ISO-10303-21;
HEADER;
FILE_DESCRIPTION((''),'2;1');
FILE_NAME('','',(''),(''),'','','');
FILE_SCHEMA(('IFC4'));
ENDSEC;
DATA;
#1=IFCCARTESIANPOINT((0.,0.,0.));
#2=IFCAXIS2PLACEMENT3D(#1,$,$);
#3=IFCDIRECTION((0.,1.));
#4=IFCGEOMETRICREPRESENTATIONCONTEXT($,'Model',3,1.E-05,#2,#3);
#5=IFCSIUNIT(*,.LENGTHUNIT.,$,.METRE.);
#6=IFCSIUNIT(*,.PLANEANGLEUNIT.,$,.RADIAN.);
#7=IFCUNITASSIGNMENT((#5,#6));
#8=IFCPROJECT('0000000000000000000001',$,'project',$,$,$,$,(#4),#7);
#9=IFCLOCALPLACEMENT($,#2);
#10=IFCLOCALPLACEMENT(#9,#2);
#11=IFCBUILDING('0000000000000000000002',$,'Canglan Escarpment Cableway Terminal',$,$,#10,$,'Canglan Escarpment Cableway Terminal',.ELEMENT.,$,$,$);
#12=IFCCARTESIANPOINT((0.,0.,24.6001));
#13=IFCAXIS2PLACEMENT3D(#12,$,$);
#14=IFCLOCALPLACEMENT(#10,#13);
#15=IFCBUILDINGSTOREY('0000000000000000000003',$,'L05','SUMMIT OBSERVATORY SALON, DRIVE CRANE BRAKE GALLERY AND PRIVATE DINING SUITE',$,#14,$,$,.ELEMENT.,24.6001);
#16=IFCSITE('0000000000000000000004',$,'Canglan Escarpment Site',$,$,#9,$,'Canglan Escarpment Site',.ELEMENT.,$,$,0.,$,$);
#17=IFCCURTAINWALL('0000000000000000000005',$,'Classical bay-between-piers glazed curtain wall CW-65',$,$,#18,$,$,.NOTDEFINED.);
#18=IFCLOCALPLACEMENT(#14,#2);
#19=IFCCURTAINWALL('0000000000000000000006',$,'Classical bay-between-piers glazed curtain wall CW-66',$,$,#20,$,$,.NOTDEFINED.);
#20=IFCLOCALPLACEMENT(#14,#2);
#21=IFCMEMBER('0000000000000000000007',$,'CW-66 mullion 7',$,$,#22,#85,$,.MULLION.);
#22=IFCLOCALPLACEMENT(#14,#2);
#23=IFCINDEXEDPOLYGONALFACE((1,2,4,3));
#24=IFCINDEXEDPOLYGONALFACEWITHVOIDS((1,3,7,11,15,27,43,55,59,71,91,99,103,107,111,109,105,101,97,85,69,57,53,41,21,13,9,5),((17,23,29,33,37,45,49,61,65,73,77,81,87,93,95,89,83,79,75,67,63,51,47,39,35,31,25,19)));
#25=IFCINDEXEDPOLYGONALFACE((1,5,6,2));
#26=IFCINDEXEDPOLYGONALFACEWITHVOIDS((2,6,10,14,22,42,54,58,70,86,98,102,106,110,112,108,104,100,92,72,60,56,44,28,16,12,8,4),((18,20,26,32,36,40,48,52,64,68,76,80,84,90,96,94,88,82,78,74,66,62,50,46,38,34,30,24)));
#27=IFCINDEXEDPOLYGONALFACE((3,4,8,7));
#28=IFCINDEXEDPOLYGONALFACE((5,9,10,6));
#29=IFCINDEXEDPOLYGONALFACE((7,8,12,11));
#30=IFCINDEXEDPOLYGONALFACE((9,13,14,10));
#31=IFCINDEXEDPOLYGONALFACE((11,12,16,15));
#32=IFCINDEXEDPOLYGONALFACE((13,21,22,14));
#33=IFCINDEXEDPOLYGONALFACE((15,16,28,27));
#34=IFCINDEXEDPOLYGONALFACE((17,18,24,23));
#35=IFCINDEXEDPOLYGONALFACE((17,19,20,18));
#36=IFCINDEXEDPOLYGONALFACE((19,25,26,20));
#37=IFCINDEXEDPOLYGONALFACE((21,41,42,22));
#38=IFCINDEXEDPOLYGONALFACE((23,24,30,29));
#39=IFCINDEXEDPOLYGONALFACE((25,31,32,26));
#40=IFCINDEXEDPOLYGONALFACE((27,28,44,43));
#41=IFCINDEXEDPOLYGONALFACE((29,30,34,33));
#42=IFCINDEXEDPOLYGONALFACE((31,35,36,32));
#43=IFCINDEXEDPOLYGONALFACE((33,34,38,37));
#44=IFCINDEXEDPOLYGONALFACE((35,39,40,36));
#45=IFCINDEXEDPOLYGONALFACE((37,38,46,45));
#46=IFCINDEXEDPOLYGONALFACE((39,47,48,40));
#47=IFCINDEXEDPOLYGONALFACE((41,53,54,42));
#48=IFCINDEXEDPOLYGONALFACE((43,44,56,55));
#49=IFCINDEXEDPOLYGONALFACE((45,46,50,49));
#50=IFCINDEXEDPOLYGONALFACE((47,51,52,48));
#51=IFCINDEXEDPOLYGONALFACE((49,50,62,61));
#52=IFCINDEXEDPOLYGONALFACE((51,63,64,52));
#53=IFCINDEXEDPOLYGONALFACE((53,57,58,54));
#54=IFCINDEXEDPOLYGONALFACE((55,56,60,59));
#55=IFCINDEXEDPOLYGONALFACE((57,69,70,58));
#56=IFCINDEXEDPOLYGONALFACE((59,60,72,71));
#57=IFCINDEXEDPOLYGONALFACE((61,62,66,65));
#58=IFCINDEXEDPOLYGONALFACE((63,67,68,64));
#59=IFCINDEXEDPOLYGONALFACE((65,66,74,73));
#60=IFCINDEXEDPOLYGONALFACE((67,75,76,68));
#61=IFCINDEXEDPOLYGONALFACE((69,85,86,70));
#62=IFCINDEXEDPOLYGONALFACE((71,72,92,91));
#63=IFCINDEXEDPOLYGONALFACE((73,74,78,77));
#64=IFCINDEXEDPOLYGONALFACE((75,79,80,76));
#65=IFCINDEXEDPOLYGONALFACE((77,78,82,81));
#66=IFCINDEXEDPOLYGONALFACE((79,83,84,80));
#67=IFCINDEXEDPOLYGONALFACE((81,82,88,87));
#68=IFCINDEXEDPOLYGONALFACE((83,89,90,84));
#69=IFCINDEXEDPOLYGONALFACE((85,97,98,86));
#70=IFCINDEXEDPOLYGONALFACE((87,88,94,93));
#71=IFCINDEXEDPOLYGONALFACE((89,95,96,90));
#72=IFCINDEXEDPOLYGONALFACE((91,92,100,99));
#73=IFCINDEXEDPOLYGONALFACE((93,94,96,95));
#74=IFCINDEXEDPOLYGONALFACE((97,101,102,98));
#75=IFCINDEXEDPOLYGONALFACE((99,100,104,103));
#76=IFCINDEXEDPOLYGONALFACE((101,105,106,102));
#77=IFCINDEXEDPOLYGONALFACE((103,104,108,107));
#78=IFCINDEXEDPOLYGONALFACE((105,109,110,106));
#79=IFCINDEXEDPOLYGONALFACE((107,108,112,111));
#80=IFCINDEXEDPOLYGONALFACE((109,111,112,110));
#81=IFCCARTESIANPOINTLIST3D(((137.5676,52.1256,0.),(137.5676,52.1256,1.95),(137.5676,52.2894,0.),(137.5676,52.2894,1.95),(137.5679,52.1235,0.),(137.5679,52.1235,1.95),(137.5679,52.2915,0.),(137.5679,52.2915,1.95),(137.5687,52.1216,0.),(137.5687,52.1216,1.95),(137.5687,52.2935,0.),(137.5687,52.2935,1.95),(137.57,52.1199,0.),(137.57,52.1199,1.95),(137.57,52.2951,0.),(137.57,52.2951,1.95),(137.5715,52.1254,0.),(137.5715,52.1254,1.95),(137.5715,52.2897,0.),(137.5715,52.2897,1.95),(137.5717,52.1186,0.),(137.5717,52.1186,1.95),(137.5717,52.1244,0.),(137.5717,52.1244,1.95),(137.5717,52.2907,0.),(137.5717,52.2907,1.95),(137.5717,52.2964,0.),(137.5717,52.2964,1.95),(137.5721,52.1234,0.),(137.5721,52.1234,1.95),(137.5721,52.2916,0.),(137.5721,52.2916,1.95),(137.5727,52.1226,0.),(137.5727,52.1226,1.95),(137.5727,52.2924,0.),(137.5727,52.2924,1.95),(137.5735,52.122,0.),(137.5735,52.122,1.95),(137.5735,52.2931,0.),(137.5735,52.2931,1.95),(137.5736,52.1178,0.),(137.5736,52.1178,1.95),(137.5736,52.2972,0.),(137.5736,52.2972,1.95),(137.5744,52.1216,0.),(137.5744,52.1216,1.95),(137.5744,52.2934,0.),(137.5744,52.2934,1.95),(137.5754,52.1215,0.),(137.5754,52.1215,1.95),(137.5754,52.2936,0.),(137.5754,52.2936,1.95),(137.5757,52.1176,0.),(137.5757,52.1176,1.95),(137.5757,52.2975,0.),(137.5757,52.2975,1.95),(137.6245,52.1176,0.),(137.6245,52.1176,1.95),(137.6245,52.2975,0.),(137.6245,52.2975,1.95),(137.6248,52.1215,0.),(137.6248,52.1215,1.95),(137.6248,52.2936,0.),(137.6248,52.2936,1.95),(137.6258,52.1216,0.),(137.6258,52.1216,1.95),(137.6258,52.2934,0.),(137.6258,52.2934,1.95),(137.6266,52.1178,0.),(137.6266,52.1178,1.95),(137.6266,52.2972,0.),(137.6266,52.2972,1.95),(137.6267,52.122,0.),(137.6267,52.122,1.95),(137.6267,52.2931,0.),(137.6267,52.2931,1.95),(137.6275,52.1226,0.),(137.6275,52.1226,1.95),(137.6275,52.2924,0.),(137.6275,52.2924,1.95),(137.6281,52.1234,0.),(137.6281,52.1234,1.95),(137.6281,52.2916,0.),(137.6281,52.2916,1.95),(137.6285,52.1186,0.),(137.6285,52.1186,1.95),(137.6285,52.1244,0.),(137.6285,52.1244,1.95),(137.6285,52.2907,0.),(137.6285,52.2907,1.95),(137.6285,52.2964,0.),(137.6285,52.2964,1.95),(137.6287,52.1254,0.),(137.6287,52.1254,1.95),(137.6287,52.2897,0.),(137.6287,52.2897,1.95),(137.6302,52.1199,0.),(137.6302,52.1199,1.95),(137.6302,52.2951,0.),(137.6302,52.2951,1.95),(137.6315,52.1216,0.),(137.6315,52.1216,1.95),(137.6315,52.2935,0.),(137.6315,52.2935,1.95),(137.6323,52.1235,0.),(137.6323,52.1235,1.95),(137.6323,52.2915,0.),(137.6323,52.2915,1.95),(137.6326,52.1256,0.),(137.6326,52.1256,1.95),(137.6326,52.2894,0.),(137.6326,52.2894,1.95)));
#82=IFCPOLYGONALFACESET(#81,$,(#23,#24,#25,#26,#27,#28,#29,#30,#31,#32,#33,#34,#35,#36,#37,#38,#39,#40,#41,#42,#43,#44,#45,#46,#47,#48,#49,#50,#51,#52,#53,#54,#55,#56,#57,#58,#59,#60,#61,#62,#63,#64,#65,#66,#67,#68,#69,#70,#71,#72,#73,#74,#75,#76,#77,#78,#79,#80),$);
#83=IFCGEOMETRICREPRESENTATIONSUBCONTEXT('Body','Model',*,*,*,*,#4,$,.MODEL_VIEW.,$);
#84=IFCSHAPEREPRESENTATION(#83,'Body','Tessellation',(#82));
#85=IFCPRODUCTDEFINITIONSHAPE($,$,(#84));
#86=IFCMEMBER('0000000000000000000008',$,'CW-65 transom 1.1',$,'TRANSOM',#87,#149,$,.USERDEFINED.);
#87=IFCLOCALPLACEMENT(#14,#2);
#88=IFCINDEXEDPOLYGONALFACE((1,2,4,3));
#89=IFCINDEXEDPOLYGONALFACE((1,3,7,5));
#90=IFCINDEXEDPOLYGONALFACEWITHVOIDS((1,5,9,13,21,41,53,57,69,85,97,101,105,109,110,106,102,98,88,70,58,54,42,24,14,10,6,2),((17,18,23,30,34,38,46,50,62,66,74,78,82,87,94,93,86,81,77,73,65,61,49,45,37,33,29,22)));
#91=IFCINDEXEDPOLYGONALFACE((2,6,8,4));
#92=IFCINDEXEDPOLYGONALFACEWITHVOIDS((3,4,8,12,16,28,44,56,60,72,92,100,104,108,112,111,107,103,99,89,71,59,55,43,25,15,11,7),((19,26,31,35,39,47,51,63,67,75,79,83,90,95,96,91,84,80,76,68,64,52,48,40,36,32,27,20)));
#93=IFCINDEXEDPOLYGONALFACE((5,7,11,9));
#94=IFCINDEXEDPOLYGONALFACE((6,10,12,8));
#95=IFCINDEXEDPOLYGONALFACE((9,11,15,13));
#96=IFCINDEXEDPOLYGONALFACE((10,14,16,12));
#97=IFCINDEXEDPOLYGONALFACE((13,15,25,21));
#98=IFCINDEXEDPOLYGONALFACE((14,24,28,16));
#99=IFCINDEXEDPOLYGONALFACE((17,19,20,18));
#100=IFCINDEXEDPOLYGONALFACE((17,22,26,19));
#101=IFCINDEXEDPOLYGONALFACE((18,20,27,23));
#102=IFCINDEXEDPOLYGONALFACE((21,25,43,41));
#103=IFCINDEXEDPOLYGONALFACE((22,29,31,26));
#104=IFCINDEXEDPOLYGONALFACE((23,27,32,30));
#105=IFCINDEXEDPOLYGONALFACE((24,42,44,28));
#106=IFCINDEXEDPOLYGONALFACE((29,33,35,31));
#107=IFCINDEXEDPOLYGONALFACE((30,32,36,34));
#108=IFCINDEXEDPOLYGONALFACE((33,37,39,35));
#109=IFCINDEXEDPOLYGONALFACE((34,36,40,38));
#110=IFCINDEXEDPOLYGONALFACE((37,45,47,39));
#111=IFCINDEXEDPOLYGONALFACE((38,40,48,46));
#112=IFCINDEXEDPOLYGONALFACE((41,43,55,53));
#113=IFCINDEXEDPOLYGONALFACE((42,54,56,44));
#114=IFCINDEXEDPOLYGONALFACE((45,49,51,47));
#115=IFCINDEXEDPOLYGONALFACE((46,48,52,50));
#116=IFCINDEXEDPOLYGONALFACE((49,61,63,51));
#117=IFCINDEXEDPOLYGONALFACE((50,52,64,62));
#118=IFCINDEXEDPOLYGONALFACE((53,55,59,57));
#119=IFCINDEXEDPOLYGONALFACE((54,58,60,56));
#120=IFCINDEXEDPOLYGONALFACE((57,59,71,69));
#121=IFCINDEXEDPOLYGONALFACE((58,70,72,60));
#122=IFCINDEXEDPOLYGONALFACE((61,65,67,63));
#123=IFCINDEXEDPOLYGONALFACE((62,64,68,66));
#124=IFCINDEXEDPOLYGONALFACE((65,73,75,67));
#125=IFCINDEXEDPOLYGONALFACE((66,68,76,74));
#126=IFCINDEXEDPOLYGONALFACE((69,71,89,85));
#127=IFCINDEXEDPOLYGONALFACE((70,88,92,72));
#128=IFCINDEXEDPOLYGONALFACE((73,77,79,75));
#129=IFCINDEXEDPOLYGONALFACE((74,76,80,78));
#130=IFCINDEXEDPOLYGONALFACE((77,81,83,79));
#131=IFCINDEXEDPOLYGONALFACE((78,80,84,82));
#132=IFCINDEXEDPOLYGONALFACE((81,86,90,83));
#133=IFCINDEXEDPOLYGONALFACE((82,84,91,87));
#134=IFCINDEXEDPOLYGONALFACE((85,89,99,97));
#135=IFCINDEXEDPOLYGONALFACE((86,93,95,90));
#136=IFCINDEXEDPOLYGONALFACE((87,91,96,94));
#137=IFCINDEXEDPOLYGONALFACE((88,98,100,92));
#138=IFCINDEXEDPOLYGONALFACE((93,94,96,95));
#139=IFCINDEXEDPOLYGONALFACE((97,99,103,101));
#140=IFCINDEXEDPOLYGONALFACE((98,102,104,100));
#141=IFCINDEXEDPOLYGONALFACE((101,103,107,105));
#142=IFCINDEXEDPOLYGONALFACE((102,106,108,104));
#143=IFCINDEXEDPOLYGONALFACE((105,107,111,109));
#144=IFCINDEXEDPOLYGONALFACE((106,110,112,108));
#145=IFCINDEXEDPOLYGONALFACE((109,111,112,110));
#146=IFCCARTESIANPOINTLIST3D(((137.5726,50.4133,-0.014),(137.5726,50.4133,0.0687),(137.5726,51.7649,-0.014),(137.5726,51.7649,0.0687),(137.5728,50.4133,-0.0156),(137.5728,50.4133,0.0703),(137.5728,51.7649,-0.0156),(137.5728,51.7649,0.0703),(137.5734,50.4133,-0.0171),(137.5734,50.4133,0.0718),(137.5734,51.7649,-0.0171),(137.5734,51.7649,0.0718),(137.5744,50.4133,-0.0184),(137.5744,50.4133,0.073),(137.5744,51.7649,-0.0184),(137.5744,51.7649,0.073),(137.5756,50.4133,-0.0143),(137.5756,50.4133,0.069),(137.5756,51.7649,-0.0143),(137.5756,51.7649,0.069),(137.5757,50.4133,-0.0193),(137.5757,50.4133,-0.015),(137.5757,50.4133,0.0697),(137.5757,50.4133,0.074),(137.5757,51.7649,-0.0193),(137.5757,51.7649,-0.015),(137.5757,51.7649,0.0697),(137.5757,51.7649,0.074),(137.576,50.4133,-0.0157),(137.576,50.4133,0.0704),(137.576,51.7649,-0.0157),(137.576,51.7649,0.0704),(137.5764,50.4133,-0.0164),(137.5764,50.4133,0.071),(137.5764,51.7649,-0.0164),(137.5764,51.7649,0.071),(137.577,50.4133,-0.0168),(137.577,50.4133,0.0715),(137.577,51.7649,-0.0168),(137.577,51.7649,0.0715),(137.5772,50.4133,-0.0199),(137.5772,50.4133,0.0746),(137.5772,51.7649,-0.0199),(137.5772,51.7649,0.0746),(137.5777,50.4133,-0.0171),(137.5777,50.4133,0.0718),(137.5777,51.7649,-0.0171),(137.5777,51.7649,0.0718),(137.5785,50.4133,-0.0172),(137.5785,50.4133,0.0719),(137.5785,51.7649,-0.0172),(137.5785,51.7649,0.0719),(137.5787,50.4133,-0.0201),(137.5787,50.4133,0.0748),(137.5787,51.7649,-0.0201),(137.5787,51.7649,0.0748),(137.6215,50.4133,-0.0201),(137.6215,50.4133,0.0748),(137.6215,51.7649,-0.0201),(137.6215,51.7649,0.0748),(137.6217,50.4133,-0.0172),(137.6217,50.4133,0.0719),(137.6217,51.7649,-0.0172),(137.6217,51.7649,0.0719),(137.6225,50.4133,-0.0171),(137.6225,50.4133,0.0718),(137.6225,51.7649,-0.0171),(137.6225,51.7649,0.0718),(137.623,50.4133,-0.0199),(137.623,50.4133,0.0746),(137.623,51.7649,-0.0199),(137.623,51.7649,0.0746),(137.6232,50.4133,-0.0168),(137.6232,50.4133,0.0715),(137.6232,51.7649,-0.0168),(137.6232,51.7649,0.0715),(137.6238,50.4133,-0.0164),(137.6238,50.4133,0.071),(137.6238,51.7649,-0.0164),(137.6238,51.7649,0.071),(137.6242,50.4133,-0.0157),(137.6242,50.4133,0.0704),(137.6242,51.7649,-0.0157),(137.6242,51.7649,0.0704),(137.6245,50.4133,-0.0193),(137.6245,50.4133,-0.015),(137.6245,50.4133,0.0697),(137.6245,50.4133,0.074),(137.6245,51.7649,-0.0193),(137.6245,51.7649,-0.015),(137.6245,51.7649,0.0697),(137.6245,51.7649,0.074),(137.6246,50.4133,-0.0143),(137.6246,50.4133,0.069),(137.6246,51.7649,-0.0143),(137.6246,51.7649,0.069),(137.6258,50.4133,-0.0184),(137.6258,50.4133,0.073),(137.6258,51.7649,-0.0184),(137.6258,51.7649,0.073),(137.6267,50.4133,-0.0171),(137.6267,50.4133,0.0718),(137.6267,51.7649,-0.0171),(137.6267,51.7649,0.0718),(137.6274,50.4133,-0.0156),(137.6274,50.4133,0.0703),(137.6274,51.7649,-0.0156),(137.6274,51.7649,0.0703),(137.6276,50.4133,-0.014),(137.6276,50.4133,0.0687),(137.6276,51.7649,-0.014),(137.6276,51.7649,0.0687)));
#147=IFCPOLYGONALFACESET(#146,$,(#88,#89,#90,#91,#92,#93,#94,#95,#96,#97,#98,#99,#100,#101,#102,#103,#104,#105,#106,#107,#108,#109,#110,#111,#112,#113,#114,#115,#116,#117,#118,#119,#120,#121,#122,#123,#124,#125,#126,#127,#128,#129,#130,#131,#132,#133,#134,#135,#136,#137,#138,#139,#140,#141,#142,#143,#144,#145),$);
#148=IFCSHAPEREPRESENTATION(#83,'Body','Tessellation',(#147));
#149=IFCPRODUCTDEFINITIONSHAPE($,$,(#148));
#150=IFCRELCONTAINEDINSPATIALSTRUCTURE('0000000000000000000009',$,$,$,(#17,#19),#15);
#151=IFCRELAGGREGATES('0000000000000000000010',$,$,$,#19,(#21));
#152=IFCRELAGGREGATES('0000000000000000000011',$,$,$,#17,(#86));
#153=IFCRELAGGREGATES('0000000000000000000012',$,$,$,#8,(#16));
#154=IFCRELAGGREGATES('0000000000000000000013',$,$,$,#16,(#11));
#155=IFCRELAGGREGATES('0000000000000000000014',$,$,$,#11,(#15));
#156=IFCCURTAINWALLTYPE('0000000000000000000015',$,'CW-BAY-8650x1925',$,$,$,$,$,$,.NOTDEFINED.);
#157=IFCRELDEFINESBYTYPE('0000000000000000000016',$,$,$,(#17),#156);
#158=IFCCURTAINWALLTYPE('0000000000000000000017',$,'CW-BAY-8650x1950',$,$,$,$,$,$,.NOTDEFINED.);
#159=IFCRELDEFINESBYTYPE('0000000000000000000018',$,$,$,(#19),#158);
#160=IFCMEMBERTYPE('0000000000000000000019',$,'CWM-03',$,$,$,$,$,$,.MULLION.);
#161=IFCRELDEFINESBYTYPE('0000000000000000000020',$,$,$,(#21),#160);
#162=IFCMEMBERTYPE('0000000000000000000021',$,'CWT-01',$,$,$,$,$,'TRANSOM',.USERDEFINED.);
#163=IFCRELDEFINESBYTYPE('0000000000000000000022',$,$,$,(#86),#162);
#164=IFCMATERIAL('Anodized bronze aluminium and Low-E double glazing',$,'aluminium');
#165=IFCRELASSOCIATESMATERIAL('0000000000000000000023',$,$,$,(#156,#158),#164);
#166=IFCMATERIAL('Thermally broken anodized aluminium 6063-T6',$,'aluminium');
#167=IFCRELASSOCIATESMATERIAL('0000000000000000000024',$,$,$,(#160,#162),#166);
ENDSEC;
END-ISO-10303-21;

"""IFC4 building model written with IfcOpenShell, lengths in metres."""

from ifc_helpers import new_model, si_unit, direction, frame, origin, origin_2d, place, context, subcontext, project, spatial, hollow_rectangle, extrude, material, material_profile, profile_set, type_object, element, aggregate, save


model = new_model("IFC4")

# Units and contexts
model_context = context("Model", 3, precision=1e-05, world=origin(), true_north=direction((0.0, 1.0)))
body_context = subcontext(model_context, "Body", "Model", "MODEL_VIEW")
ifc_project = project(units=[si_unit("LENGTHUNIT", "METRE"), si_unit("PLANEANGLEUNIT", "RADIAN")], contexts=[model_context])

# Site, building, storey
site_placement = place(None, origin())
site = spatial("IfcSite", under=ifc_project, at=site_placement, Name="Canglan Escarpment Site", LongName="Canglan Escarpment Site", CompositionType="ELEMENT", RefElevation=0.0)
building_placement = place(site_placement, origin())
building = spatial("IfcBuilding", under=site, at=building_placement, Name="Canglan Escarpment Cableway Terminal", LongName="Canglan Escarpment Cableway Terminal", CompositionType="ELEMENT")
storey_placement = place(building_placement, frame((0.0, 0.0, 24.6001)))
storey = spatial("IfcBuildingStorey", under=building, at=storey_placement, Name="L05", Description="SUMMIT OBSERVATORY SALON, DRIVE CRANE BRAKE GALLERY AND PRIVATE DINING SUITE", CompositionType="ELEMENT", Elevation=24.6001)

# Curtain walls, member
ifc_material_1 = material(Name="Anodized bronze aluminium and Low-E double glazing", Category="aluminium")
curtain_wall_type_1 = type_object("IfcCurtainWallType", Name="CW-BAY-8650x1925", PredefinedType="NOTDEFINED", material=ifc_material_1)
curtain_wall_1_placement = place(storey_placement, origin())
curtain_wall_1 = element("IfcCurtainWall", 1, at=curtain_wall_1_placement, inside=storey, type_object=curtain_wall_type_1, Name="Classical bay-between-piers glazed curtain wall CW-65", PredefinedType="NOTDEFINED")
ifc_material_2 = material(Name="Thermally broken anodized aluminium 6063-T6", Category="aluminium")
curtain_wall_type_2 = type_object("IfcCurtainWallType", Name="CW-BAY-8650x1950", PredefinedType="NOTDEFINED", material=ifc_material_1)
curtain_wall_2_placement = place(storey_placement, origin())
curtain_wall_2 = element("IfcCurtainWall", 2, at=curtain_wall_2_placement, inside=storey, type_object=curtain_wall_type_2, Name="Classical bay-between-piers glazed curtain wall CW-66", PredefinedType="NOTDEFINED")
ifc_material_profile_1 = material_profile(ifc_material_2, hollow_rectangle(XDim=0.0649, YDim=0.1799, WallThickness=0.0039, InnerFilletRadius=0.0039, OuterFilletRadius=0.0081, at=origin_2d()), Name="ALU-MULL 65x180x4")
ifc_profile_set_1 = profile_set([ifc_material_profile_1], Name="Thermally broken anodized aluminium 6063-T6")
member_type_1 = type_object("IfcMemberType", Name="CWM-03", PredefinedType="MULLION", material=ifc_profile_set_1)
member_1_placement = place(storey_placement, frame((137.6001, 52.2075, 0.0), z_axis=(0.0, 0.0, 1.0), x_axis=(1.0, 0.0, 0.0)))
member_1 = element("IfcMember", 3, at=member_1_placement, type_object=member_type_1, Name="CW-66 mullion 7", PredefinedType="MULLION", context=body_context, shape_type="SweptSolid", body=[
    extrude(hollow_rectangle(XDim=0.0649, YDim=0.1799, WallThickness=0.0039, InnerFilletRadius=0.0039, OuterFilletRadius=0.0081, at=origin_2d()), origin(), (0.0, 0.0, 1.0), 1.95),
])
aggregate(curtain_wall_2, [member_1])

# Member
ifc_material_profile_2 = material_profile(ifc_material_2, hollow_rectangle(XDim=0.0549, YDim=0.095, WallThickness=0.0029, InnerFilletRadius=0.0029, OuterFilletRadius=0.0061, at=origin_2d()), Name="ALU-TRAN 55x95x3")
ifc_profile_set_2 = profile_set([ifc_material_profile_2], Name="Thermally broken anodized aluminium 6063-T6")
member_type_2 = type_object("IfcMemberType", Name="CWT-01", ElementType="TRANSOM", PredefinedType="USERDEFINED", material=ifc_profile_set_2)
member_2_placement = place(storey_placement, frame((137.6001, 51.7649, 0.0273), z_axis=(0.0, -1.0, 0.0), x_axis=(1.0, 0.0, 0.0)))
member_2 = element("IfcMember", 4, at=member_2_placement, type_object=member_type_2, Name="CW-65 transom 1.1", ObjectType="TRANSOM", PredefinedType="USERDEFINED", context=body_context, shape_type="SweptSolid", body=[
    extrude(hollow_rectangle(XDim=0.0549, YDim=0.095, WallThickness=0.0029, InnerFilletRadius=0.0029, OuterFilletRadius=0.0061, at=origin_2d()), origin(), (0.0, 0.0, 1.0), 1.3516),
])

aggregate(curtain_wall_1, [member_2])

save(model, "model.ifc")
